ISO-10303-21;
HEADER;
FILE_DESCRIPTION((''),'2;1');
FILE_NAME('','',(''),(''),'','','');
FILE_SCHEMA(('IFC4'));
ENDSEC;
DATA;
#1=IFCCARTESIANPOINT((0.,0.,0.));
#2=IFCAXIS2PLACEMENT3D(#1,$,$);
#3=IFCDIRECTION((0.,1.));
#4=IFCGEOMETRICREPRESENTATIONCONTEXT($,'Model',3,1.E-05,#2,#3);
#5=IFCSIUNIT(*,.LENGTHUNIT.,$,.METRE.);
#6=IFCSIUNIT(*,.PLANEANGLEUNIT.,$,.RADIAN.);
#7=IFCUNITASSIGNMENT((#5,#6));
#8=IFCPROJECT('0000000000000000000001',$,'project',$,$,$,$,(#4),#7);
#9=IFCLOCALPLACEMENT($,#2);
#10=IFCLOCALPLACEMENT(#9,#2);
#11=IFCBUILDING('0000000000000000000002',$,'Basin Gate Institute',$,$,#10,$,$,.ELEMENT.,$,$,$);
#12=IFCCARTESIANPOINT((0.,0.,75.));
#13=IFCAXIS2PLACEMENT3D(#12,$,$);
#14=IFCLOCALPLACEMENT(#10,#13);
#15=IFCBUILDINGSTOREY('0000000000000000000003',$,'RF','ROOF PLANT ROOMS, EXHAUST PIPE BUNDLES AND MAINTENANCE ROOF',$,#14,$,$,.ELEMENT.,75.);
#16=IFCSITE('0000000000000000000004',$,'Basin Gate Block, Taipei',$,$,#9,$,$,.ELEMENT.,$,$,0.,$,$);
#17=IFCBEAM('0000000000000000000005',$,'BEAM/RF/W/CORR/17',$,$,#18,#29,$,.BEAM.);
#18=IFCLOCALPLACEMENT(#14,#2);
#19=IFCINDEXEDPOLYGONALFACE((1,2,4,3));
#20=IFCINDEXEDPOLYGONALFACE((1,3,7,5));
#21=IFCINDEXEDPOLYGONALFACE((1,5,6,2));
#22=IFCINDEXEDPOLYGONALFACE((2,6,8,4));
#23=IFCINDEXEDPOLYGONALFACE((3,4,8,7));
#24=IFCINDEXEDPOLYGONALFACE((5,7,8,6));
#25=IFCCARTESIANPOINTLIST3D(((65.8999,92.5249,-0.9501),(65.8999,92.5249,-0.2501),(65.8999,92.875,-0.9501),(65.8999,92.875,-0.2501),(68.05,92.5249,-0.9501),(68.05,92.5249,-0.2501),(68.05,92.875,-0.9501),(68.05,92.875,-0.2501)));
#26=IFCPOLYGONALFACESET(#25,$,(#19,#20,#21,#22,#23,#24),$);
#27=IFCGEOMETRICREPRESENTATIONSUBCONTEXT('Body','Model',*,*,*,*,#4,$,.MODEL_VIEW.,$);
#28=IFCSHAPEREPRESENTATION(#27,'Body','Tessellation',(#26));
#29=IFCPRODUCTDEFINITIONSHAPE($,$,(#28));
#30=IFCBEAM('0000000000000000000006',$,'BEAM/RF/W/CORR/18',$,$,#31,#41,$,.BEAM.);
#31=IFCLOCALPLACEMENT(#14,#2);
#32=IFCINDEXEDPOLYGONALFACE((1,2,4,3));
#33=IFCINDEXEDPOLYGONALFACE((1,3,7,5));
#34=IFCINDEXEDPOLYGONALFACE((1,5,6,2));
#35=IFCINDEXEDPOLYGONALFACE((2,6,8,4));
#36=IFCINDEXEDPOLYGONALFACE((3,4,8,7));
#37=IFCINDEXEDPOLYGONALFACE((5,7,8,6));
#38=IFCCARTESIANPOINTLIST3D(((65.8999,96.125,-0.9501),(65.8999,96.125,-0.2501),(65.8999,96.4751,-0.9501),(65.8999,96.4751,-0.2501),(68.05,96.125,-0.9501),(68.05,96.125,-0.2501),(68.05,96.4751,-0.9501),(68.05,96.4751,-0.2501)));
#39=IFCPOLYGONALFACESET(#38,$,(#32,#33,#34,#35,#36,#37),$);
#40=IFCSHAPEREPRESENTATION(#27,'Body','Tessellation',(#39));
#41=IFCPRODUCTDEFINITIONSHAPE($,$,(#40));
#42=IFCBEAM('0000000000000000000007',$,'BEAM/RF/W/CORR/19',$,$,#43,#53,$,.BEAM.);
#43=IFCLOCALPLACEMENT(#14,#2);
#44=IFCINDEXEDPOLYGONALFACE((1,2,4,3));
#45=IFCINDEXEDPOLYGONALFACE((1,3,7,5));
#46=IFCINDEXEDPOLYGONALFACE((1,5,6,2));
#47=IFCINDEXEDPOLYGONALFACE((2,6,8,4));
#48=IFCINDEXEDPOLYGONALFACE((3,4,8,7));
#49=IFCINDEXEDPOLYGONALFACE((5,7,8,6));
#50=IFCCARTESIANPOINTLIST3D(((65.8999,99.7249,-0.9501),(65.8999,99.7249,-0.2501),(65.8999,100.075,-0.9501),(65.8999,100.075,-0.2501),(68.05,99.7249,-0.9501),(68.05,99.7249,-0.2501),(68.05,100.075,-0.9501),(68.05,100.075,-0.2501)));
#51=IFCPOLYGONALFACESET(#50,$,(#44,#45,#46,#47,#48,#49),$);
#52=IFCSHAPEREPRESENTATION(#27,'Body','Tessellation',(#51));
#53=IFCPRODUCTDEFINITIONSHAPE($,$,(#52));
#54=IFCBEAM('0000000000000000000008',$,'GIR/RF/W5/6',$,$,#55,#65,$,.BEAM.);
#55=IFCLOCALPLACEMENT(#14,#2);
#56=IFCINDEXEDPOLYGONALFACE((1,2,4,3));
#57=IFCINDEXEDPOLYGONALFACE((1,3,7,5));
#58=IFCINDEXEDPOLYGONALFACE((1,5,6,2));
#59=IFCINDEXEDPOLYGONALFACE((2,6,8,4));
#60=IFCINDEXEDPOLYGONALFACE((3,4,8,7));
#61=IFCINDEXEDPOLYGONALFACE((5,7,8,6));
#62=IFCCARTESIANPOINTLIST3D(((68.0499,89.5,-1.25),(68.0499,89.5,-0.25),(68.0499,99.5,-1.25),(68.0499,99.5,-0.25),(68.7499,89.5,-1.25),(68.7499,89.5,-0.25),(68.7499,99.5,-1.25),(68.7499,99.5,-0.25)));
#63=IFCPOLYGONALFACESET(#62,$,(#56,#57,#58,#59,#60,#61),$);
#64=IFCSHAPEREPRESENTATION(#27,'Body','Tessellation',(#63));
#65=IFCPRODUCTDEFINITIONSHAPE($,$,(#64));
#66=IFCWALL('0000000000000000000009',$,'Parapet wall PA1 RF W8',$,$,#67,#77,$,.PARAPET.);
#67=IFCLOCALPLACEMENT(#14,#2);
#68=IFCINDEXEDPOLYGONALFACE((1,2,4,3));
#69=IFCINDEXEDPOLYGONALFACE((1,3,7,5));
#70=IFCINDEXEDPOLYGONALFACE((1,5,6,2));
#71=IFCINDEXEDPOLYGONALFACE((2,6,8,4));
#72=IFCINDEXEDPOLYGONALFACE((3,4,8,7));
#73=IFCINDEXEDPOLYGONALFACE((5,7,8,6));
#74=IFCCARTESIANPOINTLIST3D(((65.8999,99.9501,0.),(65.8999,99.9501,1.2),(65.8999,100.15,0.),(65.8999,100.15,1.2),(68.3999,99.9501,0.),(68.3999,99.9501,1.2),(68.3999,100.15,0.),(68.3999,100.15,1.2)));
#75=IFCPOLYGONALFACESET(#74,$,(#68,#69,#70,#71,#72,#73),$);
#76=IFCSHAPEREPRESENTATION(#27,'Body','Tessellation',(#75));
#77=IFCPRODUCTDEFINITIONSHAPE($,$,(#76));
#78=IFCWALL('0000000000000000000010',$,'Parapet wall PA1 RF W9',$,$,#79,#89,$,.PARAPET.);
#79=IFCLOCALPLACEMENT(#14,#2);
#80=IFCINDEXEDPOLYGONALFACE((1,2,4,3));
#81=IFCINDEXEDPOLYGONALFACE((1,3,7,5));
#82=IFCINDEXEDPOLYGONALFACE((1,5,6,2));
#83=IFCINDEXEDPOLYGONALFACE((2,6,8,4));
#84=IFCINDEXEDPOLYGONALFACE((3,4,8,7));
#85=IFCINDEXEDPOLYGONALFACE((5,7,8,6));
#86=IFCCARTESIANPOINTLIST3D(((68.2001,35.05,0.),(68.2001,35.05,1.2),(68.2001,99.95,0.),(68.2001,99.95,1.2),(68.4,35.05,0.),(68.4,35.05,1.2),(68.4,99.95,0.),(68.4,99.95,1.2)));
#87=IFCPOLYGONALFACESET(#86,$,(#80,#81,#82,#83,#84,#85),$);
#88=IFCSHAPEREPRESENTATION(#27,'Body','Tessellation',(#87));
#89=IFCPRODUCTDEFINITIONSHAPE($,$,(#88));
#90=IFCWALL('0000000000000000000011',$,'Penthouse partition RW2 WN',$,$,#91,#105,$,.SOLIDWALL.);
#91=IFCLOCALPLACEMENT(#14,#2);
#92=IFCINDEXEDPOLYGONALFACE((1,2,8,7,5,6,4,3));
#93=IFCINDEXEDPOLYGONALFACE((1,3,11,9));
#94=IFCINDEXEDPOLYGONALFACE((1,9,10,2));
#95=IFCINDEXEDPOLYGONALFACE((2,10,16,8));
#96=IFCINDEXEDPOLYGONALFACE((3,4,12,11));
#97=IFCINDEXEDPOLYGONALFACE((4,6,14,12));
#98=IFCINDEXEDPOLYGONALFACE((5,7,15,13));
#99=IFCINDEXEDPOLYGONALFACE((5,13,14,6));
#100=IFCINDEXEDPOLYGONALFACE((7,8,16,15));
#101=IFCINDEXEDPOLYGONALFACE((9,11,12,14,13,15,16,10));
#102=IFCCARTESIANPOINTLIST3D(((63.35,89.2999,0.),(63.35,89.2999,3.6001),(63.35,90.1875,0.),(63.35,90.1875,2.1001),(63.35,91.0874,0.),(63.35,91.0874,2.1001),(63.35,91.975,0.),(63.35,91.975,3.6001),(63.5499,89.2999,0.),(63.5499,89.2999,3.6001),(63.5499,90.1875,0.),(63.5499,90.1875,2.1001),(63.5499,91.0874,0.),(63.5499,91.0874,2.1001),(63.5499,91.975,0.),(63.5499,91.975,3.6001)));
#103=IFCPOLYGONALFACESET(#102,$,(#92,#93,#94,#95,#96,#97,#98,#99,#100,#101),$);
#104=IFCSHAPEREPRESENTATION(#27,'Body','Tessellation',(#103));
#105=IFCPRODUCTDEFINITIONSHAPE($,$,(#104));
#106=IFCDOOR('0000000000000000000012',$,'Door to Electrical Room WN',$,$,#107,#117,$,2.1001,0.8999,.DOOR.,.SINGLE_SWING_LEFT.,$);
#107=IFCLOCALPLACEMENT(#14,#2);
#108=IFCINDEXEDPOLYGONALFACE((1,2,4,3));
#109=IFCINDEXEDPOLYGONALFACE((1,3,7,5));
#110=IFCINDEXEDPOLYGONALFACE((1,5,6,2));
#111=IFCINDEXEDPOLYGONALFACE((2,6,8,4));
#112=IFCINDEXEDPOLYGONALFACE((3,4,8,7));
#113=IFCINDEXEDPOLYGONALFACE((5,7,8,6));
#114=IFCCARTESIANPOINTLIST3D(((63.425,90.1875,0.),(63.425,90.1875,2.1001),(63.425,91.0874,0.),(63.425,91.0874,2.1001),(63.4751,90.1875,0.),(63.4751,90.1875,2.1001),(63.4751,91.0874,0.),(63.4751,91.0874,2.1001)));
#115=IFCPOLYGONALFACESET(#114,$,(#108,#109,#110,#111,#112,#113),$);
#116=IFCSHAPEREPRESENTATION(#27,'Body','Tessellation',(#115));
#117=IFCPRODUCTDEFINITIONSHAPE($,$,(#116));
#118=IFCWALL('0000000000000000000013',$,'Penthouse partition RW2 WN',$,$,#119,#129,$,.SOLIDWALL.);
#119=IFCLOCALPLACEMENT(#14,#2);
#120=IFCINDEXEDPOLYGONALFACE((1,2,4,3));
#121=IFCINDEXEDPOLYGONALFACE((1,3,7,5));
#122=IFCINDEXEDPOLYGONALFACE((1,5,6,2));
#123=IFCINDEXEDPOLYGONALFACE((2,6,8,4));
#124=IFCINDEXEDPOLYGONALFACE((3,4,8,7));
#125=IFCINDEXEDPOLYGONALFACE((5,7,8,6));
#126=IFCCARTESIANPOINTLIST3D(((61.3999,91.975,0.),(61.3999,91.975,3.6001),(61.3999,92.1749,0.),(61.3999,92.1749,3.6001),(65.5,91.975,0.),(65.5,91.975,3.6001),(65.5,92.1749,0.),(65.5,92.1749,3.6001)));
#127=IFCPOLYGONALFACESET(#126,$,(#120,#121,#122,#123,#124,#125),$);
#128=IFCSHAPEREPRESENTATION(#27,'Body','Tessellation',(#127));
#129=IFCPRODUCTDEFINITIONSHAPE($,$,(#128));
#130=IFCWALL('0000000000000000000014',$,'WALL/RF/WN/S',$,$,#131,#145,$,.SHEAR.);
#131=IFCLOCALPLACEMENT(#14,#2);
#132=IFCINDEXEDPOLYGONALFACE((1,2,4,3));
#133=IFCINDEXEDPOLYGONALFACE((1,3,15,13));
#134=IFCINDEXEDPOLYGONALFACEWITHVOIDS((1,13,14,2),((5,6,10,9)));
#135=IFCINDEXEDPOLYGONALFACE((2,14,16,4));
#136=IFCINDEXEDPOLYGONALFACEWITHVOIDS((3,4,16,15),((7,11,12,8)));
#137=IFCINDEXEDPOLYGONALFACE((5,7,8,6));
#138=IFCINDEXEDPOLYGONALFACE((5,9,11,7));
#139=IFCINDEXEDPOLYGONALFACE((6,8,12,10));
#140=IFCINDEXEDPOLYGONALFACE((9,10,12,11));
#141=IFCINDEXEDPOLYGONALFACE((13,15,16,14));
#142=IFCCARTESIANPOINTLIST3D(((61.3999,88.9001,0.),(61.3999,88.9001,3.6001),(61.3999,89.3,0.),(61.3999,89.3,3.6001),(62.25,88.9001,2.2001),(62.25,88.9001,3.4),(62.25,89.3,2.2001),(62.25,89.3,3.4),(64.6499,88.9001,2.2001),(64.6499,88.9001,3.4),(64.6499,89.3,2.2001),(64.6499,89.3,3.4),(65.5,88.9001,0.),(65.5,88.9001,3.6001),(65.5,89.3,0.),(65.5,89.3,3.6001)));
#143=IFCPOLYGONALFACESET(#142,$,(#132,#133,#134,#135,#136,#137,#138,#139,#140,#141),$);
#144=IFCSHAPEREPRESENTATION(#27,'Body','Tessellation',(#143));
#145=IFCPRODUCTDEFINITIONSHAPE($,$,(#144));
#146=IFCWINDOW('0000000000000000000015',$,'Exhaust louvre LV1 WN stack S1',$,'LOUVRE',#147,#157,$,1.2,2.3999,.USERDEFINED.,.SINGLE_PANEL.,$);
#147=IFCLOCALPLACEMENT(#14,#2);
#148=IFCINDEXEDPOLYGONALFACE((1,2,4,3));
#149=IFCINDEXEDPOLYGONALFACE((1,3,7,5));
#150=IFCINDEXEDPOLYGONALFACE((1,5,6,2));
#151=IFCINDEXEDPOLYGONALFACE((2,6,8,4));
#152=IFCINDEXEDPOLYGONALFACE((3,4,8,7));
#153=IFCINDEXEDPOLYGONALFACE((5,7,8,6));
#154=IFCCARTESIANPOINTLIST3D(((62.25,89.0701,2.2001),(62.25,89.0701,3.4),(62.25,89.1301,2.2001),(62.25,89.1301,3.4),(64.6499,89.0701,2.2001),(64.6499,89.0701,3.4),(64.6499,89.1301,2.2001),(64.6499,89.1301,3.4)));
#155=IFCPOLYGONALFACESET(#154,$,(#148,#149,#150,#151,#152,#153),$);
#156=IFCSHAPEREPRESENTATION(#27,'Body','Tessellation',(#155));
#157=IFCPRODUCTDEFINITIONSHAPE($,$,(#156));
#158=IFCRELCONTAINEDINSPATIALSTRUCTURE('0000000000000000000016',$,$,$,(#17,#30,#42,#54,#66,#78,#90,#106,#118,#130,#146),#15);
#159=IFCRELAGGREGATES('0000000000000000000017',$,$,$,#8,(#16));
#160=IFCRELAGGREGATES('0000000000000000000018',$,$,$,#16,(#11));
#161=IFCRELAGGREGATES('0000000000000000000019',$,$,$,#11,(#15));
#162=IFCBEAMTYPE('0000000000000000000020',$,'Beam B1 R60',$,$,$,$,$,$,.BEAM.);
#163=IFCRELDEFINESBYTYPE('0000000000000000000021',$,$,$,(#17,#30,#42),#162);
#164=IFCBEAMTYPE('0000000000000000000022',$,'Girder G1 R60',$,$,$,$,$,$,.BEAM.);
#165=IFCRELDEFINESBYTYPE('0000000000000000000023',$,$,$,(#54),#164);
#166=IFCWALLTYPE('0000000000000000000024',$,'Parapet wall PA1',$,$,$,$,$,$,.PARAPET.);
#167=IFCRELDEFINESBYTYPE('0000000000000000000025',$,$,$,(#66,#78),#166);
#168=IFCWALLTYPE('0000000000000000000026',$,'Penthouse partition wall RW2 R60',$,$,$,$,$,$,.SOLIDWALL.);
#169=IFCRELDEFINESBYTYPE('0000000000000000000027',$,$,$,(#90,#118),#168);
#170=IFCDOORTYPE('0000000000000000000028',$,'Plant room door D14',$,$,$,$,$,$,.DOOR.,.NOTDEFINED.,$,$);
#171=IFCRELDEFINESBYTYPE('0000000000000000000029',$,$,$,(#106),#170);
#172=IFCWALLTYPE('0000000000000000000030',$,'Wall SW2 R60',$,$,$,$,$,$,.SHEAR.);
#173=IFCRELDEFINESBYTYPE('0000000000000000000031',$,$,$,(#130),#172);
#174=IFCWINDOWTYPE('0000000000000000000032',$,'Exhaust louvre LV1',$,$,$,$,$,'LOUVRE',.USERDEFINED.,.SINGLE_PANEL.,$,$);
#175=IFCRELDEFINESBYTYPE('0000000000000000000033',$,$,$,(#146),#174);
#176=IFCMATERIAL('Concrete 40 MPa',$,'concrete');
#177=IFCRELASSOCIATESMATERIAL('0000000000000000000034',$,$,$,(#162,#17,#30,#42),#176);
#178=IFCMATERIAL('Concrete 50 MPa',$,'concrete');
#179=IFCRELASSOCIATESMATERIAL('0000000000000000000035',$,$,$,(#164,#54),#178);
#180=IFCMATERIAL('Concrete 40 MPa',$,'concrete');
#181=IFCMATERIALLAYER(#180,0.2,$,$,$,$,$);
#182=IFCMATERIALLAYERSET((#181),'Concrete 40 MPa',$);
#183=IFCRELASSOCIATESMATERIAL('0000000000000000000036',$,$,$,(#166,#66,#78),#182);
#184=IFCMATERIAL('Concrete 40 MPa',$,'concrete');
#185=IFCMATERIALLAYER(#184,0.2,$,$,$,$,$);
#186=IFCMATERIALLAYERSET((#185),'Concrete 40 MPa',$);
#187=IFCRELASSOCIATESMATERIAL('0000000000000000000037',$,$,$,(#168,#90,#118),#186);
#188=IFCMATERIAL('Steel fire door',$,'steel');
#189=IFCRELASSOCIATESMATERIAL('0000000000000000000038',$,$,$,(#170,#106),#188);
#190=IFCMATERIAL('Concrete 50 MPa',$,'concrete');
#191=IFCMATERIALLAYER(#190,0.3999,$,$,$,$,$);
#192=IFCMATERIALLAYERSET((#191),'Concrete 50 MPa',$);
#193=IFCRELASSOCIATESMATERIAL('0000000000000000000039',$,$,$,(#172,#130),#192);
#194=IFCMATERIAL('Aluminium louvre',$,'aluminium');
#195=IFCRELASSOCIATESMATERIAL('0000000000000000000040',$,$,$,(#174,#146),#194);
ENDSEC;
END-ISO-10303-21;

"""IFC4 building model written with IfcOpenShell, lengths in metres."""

from ifc_helpers import new_model, si_unit, direction, frame, frame_2d, origin, origin_2d, place, context, subcontext, project, spatial, rectangle, extrude, material, layer, layer_set, material_profile, profile_set, type_object, element, fill, save


model = new_model("IFC4")

# Units and contexts
model_context = context("Model", 3, precision=1e-05, world=origin(), true_north=direction((0.0, 1.0)))
body_context = subcontext(model_context, "Body", "Model", "MODEL_VIEW")
ifc_project = project(units=[si_unit("LENGTHUNIT", "METRE"), si_unit("PLANEANGLEUNIT", "RADIAN")], contexts=[model_context])

# Site, building, storey
site_placement = place(None, origin())
site = spatial("IfcSite", under=ifc_project, at=site_placement, Name="Basin Gate Block, Taipei", CompositionType="ELEMENT", RefElevation=0.0)
building_placement = place(site_placement, origin())
building = spatial("IfcBuilding", under=site, at=building_placement, Name="Basin Gate Institute", CompositionType="ELEMENT")
storey_placement = place(building_placement, frame((0.0, 0.0, 75.0)))
storey = spatial("IfcBuildingStorey", under=building, at=storey_placement, Name="RF", Description="ROOF PLANT ROOMS, EXHAUST PIPE BUNDLES AND MAINTENANCE ROOF", CompositionType="ELEMENT", Elevation=75.0)

# Beams
ifc_material_1 = material(Name="Concrete 40 MPa", Category="concrete")
ifc_material_profile_1 = material_profile(ifc_material_1, rectangle(XDim=0.3501, YDim=0.7, at=origin_2d()), Name="Beam B1 350 x 700")
ifc_profile_set_1 = profile_set([ifc_material_profile_1], Name="Concrete 40 MPa")
beam_type_1 = type_object("IfcBeamType", Name="Beam B1 R60", PredefinedType="BEAM", material=ifc_profile_set_1)
for number, where, z_axis, x_axis, name in (
    (1, (65.8999, 92.7, -0.6001), (1.0, 0.0, 0.0), (0.0, 1.0, 0.0), "BEAM/RF/W/CORR/17"),
    (2, (65.8999, 96.3, -0.6001), (1.0, 0.0, 0.0), (0.0, 1.0, 0.0), "BEAM/RF/W/CORR/18"),
    (3, (65.8999, 99.8999, -0.6001), (1.0, 0.0, 0.0), (0.0, 1.0, 0.0), "BEAM/RF/W/CORR/19"),
):
    element("IfcBeam", number, at=place(storey_placement, frame(where, z_axis=z_axis, x_axis=x_axis)), inside=storey, type_object=beam_type_1, material=ifc_profile_set_1, Name=name, PredefinedType="BEAM", context=body_context, shape_type="SweptSolid", body=[
        extrude(rectangle(XDim=0.3501, YDim=0.7, at=origin_2d()), origin(), (0.0, 0.0, 1.0), 2.1501),
    ])
ifc_material_2 = material(Name="Concrete 50 MPa", Category="concrete")
ifc_material_profile_2 = material_profile(ifc_material_2, rectangle(XDim=0.7, YDim=1.0, at=origin_2d()), Name="Girder G1 700 x 1000")
ifc_profile_set_2 = profile_set([ifc_material_profile_2], Name="Concrete 50 MPa")
beam_type_2 = type_object("IfcBeamType", Name="Girder G1 R60", PredefinedType="BEAM", material=ifc_profile_set_2)
beam_placement = place(storey_placement, frame((68.3999, 89.5, -0.75), z_axis=(0.0, 1.0, 0.0), x_axis=(-1.0, 0.0, 0.0)))
element("IfcBeam", 4, at=beam_placement, inside=storey, type_object=beam_type_2, material=ifc_profile_set_2, Name="GIR/RF/W5/6", PredefinedType="BEAM", context=body_context, shape_type="SweptSolid", body=[
    extrude(rectangle(XDim=0.7, YDim=1.0, at=origin_2d()), origin(), (0.0, 0.0, 1.0), 10.0),
])

# Walls
ifc_material_3 = material(Name="Concrete 40 MPa", Category="concrete")
ifc_layer_1 = layer(ifc_material_3, 0.2)
ifc_layer_set_1 = layer_set([ifc_layer_1], Name="Concrete 40 MPa")
wall_type_1 = type_object("IfcWallType", Name="Parapet wall PA1", PredefinedType="PARAPET", material=ifc_layer_set_1)
wall_1_placement = place(storey_placement, frame((65.8999, 100.05, 0.0), z_axis=(0.0, 0.0, 1.0), x_axis=(1.0, 0.0, 0.0)))
element("IfcWall", 5, at=wall_1_placement, inside=storey, type_object=wall_type_1, material=ifc_layer_set_1, Name="Parapet wall PA1 RF W8", PredefinedType="PARAPET", context=body_context, shape_type="SweptSolid", body=[
    extrude(rectangle(XDim=2.5, YDim=0.2, at=frame_2d((1.25, 0.0))), origin(), (0.0, 0.0, 1.0), 1.2),
])
wall_2_placement = place(storey_placement, frame((68.3, 99.95, 0.0), z_axis=(0.0, 0.0, 1.0), x_axis=(0.0, -1.0, 0.0)))
element("IfcWall", 6, at=wall_2_placement, inside=storey, type_object=wall_type_1, material=ifc_layer_set_1, Name="Parapet wall PA1 RF W9", PredefinedType="PARAPET", context=body_context, shape_type="SweptSolid", body=[
    extrude(rectangle(XDim=64.8999, YDim=0.2, at=frame_2d((32.45, 0.0))), origin(), (0.0, 0.0, 1.0), 1.2),
])

# Wall, opening, door
ifc_material_4 = material(Name="Concrete 40 MPa", Category="concrete")
ifc_layer_2 = layer(ifc_material_4, 0.2)
ifc_layer_set_2 = layer_set([ifc_layer_2], Name="Concrete 40 MPa")
wall_type_2 = type_object("IfcWallType", Name="Penthouse partition wall RW2 R60", PredefinedType="SOLIDWALL", material=ifc_layer_set_2)
wall_3_placement = place(storey_placement, frame((63.45, 89.3, 0.0), z_axis=(0.0, 0.0, 1.0), x_axis=(0.0, 1.0, 0.0)))
wall_3 = element("IfcWall", 7, at=wall_3_placement, inside=storey, type_object=wall_type_2, material=ifc_layer_set_2, Name="Penthouse partition RW2 WN", PredefinedType="SOLIDWALL", context=body_context, shape_type="SweptSolid", body=[
    extrude(rectangle(XDim=2.675, YDim=0.2, at=frame_2d((1.3374, 0.0))), origin(), (0.0, 0.0, 1.0), 3.6001),
])
opening_1_placement = place(wall_3_placement, frame((0.8875, 0.0, 0.0)))
opening_1 = element("IfcOpeningElement", 8, at=opening_1_placement, cuts=wall_3, PredefinedType="OPENING", context=body_context, shape_type="SweptSolid", body=[
    extrude(rectangle(XDim=0.8999, YDim=2.1001, at=frame_2d((0.45, 1.05))), frame((0.0, 0.1099, 0.0), z_axis=(0.0, -1.0, 0.0), x_axis=(1.0, 0.0, 0.0)), (0.0, 0.0, 1.0), 0.22),
])
ifc_material_5 = material(Name="Steel fire door", Category="steel")
door_type = type_object("IfcDoorType", Name="Plant room door D14", OperationType="NOTDEFINED", PredefinedType="DOOR", material=ifc_material_5)
door_placement = place(opening_1_placement, origin())
door = element("IfcDoor", 9, at=door_placement, inside=storey, type_object=door_type, material=ifc_material_5, Name="Door to Electrical Room WN", OperationType="SINGLE_SWING_LEFT", OverallHeight=2.1001, OverallWidth=0.8999, PredefinedType="DOOR", context=body_context, shape_type="SweptSolid", body=[
    extrude(rectangle(XDim=0.8999, YDim=2.1001, at=frame_2d((0.45, 1.05))), frame((0.0, 0.0249, 0.0), z_axis=(0.0, -1.0, 0.0), x_axis=(1.0, 0.0, 0.0)), (0.0, 0.0, 1.0), 0.05),
])
fill(opening_1, door)

# Wall
wall_4_placement = place(storey_placement, frame((61.3999, 92.075, 0.0), z_axis=(0.0, 0.0, 1.0), x_axis=(1.0, 0.0, 0.0)))
element("IfcWall", 10, at=wall_4_placement, inside=storey, type_object=wall_type_2, material=ifc_layer_set_2, Name="Penthouse partition RW2 WN", PredefinedType="SOLIDWALL", context=body_context, shape_type="SweptSolid", body=[
    extrude(rectangle(XDim=4.1001, YDim=0.2, at=frame_2d((2.05, 0.0))), origin(), (0.0, 0.0, 1.0), 3.6001),
])

# Wall, opening, window
ifc_material_6 = material(Name="Concrete 50 MPa", Category="concrete")
ifc_layer_3 = layer(ifc_material_6, 0.3999)
ifc_layer_set_3 = layer_set([ifc_layer_3], Name="Concrete 50 MPa")
wall_type_3 = type_object("IfcWallType", Name="Wall SW2 R60", PredefinedType="SHEAR", material=ifc_layer_set_3)
wall_5_placement = place(storey_placement, frame((61.3999, 89.1001, 0.0), z_axis=(0.0, 0.0, 1.0), x_axis=(1.0, 0.0, 0.0)))
wall_5 = element("IfcWall", 11, at=wall_5_placement, inside=storey, type_object=wall_type_3, material=ifc_layer_set_3, Name="WALL/RF/WN/S", PredefinedType="SHEAR", context=body_context, shape_type="SweptSolid", body=[
    extrude(rectangle(XDim=4.1001, YDim=0.3999, at=frame_2d((2.05, 0.0))), origin(), (0.0, 0.0, 1.0), 3.6001),
])
opening_2_placement = place(wall_5_placement, frame((0.8501, 0.0, 2.2)))
opening_2 = element("IfcOpeningElement", 12, at=opening_2_placement, cuts=wall_5, PredefinedType="OPENING", context=body_context, shape_type="SweptSolid", body=[
    extrude(rectangle(XDim=2.3999, YDim=1.2, at=frame_2d((1.2, 0.6001))), frame((0.0, 0.21, 0.0), z_axis=(0.0, -1.0, 0.0), x_axis=(1.0, 0.0, 0.0)), (0.0, 0.0, 1.0), 0.4199),
])
ifc_material_7 = material(Name="Aluminium louvre", Category="aluminium")
window_type = type_object("IfcWindowType", Name="Exhaust louvre LV1", ElementType="LOUVRE", PartitioningType="SINGLE_PANEL", PredefinedType="USERDEFINED", material=ifc_material_7)
window_1_placement = place(opening_2_placement, origin())
window_1 = element("IfcWindow", 13, at=window_1_placement, inside=storey, type_object=window_type, material=ifc_material_7, Name="Exhaust louvre LV1 WN stack S1", ObjectType="LOUVRE", OverallHeight=1.2, OverallWidth=2.3999, PartitioningType="SINGLE_PANEL", PredefinedType="USERDEFINED", context=body_context, shape_type="SweptSolid", body=[
    extrude(rectangle(XDim=2.3999, YDim=1.2, at=frame_2d((1.2, 0.6001))), frame((0.0, 0.03, 0.0), z_axis=(0.0, -1.0, 0.0), x_axis=(1.0, 0.0, 0.0)), (0.0, 0.0, 1.0), 0.0601),
])
fill(opening_2, window_1)

save(model, "model.ifc")
